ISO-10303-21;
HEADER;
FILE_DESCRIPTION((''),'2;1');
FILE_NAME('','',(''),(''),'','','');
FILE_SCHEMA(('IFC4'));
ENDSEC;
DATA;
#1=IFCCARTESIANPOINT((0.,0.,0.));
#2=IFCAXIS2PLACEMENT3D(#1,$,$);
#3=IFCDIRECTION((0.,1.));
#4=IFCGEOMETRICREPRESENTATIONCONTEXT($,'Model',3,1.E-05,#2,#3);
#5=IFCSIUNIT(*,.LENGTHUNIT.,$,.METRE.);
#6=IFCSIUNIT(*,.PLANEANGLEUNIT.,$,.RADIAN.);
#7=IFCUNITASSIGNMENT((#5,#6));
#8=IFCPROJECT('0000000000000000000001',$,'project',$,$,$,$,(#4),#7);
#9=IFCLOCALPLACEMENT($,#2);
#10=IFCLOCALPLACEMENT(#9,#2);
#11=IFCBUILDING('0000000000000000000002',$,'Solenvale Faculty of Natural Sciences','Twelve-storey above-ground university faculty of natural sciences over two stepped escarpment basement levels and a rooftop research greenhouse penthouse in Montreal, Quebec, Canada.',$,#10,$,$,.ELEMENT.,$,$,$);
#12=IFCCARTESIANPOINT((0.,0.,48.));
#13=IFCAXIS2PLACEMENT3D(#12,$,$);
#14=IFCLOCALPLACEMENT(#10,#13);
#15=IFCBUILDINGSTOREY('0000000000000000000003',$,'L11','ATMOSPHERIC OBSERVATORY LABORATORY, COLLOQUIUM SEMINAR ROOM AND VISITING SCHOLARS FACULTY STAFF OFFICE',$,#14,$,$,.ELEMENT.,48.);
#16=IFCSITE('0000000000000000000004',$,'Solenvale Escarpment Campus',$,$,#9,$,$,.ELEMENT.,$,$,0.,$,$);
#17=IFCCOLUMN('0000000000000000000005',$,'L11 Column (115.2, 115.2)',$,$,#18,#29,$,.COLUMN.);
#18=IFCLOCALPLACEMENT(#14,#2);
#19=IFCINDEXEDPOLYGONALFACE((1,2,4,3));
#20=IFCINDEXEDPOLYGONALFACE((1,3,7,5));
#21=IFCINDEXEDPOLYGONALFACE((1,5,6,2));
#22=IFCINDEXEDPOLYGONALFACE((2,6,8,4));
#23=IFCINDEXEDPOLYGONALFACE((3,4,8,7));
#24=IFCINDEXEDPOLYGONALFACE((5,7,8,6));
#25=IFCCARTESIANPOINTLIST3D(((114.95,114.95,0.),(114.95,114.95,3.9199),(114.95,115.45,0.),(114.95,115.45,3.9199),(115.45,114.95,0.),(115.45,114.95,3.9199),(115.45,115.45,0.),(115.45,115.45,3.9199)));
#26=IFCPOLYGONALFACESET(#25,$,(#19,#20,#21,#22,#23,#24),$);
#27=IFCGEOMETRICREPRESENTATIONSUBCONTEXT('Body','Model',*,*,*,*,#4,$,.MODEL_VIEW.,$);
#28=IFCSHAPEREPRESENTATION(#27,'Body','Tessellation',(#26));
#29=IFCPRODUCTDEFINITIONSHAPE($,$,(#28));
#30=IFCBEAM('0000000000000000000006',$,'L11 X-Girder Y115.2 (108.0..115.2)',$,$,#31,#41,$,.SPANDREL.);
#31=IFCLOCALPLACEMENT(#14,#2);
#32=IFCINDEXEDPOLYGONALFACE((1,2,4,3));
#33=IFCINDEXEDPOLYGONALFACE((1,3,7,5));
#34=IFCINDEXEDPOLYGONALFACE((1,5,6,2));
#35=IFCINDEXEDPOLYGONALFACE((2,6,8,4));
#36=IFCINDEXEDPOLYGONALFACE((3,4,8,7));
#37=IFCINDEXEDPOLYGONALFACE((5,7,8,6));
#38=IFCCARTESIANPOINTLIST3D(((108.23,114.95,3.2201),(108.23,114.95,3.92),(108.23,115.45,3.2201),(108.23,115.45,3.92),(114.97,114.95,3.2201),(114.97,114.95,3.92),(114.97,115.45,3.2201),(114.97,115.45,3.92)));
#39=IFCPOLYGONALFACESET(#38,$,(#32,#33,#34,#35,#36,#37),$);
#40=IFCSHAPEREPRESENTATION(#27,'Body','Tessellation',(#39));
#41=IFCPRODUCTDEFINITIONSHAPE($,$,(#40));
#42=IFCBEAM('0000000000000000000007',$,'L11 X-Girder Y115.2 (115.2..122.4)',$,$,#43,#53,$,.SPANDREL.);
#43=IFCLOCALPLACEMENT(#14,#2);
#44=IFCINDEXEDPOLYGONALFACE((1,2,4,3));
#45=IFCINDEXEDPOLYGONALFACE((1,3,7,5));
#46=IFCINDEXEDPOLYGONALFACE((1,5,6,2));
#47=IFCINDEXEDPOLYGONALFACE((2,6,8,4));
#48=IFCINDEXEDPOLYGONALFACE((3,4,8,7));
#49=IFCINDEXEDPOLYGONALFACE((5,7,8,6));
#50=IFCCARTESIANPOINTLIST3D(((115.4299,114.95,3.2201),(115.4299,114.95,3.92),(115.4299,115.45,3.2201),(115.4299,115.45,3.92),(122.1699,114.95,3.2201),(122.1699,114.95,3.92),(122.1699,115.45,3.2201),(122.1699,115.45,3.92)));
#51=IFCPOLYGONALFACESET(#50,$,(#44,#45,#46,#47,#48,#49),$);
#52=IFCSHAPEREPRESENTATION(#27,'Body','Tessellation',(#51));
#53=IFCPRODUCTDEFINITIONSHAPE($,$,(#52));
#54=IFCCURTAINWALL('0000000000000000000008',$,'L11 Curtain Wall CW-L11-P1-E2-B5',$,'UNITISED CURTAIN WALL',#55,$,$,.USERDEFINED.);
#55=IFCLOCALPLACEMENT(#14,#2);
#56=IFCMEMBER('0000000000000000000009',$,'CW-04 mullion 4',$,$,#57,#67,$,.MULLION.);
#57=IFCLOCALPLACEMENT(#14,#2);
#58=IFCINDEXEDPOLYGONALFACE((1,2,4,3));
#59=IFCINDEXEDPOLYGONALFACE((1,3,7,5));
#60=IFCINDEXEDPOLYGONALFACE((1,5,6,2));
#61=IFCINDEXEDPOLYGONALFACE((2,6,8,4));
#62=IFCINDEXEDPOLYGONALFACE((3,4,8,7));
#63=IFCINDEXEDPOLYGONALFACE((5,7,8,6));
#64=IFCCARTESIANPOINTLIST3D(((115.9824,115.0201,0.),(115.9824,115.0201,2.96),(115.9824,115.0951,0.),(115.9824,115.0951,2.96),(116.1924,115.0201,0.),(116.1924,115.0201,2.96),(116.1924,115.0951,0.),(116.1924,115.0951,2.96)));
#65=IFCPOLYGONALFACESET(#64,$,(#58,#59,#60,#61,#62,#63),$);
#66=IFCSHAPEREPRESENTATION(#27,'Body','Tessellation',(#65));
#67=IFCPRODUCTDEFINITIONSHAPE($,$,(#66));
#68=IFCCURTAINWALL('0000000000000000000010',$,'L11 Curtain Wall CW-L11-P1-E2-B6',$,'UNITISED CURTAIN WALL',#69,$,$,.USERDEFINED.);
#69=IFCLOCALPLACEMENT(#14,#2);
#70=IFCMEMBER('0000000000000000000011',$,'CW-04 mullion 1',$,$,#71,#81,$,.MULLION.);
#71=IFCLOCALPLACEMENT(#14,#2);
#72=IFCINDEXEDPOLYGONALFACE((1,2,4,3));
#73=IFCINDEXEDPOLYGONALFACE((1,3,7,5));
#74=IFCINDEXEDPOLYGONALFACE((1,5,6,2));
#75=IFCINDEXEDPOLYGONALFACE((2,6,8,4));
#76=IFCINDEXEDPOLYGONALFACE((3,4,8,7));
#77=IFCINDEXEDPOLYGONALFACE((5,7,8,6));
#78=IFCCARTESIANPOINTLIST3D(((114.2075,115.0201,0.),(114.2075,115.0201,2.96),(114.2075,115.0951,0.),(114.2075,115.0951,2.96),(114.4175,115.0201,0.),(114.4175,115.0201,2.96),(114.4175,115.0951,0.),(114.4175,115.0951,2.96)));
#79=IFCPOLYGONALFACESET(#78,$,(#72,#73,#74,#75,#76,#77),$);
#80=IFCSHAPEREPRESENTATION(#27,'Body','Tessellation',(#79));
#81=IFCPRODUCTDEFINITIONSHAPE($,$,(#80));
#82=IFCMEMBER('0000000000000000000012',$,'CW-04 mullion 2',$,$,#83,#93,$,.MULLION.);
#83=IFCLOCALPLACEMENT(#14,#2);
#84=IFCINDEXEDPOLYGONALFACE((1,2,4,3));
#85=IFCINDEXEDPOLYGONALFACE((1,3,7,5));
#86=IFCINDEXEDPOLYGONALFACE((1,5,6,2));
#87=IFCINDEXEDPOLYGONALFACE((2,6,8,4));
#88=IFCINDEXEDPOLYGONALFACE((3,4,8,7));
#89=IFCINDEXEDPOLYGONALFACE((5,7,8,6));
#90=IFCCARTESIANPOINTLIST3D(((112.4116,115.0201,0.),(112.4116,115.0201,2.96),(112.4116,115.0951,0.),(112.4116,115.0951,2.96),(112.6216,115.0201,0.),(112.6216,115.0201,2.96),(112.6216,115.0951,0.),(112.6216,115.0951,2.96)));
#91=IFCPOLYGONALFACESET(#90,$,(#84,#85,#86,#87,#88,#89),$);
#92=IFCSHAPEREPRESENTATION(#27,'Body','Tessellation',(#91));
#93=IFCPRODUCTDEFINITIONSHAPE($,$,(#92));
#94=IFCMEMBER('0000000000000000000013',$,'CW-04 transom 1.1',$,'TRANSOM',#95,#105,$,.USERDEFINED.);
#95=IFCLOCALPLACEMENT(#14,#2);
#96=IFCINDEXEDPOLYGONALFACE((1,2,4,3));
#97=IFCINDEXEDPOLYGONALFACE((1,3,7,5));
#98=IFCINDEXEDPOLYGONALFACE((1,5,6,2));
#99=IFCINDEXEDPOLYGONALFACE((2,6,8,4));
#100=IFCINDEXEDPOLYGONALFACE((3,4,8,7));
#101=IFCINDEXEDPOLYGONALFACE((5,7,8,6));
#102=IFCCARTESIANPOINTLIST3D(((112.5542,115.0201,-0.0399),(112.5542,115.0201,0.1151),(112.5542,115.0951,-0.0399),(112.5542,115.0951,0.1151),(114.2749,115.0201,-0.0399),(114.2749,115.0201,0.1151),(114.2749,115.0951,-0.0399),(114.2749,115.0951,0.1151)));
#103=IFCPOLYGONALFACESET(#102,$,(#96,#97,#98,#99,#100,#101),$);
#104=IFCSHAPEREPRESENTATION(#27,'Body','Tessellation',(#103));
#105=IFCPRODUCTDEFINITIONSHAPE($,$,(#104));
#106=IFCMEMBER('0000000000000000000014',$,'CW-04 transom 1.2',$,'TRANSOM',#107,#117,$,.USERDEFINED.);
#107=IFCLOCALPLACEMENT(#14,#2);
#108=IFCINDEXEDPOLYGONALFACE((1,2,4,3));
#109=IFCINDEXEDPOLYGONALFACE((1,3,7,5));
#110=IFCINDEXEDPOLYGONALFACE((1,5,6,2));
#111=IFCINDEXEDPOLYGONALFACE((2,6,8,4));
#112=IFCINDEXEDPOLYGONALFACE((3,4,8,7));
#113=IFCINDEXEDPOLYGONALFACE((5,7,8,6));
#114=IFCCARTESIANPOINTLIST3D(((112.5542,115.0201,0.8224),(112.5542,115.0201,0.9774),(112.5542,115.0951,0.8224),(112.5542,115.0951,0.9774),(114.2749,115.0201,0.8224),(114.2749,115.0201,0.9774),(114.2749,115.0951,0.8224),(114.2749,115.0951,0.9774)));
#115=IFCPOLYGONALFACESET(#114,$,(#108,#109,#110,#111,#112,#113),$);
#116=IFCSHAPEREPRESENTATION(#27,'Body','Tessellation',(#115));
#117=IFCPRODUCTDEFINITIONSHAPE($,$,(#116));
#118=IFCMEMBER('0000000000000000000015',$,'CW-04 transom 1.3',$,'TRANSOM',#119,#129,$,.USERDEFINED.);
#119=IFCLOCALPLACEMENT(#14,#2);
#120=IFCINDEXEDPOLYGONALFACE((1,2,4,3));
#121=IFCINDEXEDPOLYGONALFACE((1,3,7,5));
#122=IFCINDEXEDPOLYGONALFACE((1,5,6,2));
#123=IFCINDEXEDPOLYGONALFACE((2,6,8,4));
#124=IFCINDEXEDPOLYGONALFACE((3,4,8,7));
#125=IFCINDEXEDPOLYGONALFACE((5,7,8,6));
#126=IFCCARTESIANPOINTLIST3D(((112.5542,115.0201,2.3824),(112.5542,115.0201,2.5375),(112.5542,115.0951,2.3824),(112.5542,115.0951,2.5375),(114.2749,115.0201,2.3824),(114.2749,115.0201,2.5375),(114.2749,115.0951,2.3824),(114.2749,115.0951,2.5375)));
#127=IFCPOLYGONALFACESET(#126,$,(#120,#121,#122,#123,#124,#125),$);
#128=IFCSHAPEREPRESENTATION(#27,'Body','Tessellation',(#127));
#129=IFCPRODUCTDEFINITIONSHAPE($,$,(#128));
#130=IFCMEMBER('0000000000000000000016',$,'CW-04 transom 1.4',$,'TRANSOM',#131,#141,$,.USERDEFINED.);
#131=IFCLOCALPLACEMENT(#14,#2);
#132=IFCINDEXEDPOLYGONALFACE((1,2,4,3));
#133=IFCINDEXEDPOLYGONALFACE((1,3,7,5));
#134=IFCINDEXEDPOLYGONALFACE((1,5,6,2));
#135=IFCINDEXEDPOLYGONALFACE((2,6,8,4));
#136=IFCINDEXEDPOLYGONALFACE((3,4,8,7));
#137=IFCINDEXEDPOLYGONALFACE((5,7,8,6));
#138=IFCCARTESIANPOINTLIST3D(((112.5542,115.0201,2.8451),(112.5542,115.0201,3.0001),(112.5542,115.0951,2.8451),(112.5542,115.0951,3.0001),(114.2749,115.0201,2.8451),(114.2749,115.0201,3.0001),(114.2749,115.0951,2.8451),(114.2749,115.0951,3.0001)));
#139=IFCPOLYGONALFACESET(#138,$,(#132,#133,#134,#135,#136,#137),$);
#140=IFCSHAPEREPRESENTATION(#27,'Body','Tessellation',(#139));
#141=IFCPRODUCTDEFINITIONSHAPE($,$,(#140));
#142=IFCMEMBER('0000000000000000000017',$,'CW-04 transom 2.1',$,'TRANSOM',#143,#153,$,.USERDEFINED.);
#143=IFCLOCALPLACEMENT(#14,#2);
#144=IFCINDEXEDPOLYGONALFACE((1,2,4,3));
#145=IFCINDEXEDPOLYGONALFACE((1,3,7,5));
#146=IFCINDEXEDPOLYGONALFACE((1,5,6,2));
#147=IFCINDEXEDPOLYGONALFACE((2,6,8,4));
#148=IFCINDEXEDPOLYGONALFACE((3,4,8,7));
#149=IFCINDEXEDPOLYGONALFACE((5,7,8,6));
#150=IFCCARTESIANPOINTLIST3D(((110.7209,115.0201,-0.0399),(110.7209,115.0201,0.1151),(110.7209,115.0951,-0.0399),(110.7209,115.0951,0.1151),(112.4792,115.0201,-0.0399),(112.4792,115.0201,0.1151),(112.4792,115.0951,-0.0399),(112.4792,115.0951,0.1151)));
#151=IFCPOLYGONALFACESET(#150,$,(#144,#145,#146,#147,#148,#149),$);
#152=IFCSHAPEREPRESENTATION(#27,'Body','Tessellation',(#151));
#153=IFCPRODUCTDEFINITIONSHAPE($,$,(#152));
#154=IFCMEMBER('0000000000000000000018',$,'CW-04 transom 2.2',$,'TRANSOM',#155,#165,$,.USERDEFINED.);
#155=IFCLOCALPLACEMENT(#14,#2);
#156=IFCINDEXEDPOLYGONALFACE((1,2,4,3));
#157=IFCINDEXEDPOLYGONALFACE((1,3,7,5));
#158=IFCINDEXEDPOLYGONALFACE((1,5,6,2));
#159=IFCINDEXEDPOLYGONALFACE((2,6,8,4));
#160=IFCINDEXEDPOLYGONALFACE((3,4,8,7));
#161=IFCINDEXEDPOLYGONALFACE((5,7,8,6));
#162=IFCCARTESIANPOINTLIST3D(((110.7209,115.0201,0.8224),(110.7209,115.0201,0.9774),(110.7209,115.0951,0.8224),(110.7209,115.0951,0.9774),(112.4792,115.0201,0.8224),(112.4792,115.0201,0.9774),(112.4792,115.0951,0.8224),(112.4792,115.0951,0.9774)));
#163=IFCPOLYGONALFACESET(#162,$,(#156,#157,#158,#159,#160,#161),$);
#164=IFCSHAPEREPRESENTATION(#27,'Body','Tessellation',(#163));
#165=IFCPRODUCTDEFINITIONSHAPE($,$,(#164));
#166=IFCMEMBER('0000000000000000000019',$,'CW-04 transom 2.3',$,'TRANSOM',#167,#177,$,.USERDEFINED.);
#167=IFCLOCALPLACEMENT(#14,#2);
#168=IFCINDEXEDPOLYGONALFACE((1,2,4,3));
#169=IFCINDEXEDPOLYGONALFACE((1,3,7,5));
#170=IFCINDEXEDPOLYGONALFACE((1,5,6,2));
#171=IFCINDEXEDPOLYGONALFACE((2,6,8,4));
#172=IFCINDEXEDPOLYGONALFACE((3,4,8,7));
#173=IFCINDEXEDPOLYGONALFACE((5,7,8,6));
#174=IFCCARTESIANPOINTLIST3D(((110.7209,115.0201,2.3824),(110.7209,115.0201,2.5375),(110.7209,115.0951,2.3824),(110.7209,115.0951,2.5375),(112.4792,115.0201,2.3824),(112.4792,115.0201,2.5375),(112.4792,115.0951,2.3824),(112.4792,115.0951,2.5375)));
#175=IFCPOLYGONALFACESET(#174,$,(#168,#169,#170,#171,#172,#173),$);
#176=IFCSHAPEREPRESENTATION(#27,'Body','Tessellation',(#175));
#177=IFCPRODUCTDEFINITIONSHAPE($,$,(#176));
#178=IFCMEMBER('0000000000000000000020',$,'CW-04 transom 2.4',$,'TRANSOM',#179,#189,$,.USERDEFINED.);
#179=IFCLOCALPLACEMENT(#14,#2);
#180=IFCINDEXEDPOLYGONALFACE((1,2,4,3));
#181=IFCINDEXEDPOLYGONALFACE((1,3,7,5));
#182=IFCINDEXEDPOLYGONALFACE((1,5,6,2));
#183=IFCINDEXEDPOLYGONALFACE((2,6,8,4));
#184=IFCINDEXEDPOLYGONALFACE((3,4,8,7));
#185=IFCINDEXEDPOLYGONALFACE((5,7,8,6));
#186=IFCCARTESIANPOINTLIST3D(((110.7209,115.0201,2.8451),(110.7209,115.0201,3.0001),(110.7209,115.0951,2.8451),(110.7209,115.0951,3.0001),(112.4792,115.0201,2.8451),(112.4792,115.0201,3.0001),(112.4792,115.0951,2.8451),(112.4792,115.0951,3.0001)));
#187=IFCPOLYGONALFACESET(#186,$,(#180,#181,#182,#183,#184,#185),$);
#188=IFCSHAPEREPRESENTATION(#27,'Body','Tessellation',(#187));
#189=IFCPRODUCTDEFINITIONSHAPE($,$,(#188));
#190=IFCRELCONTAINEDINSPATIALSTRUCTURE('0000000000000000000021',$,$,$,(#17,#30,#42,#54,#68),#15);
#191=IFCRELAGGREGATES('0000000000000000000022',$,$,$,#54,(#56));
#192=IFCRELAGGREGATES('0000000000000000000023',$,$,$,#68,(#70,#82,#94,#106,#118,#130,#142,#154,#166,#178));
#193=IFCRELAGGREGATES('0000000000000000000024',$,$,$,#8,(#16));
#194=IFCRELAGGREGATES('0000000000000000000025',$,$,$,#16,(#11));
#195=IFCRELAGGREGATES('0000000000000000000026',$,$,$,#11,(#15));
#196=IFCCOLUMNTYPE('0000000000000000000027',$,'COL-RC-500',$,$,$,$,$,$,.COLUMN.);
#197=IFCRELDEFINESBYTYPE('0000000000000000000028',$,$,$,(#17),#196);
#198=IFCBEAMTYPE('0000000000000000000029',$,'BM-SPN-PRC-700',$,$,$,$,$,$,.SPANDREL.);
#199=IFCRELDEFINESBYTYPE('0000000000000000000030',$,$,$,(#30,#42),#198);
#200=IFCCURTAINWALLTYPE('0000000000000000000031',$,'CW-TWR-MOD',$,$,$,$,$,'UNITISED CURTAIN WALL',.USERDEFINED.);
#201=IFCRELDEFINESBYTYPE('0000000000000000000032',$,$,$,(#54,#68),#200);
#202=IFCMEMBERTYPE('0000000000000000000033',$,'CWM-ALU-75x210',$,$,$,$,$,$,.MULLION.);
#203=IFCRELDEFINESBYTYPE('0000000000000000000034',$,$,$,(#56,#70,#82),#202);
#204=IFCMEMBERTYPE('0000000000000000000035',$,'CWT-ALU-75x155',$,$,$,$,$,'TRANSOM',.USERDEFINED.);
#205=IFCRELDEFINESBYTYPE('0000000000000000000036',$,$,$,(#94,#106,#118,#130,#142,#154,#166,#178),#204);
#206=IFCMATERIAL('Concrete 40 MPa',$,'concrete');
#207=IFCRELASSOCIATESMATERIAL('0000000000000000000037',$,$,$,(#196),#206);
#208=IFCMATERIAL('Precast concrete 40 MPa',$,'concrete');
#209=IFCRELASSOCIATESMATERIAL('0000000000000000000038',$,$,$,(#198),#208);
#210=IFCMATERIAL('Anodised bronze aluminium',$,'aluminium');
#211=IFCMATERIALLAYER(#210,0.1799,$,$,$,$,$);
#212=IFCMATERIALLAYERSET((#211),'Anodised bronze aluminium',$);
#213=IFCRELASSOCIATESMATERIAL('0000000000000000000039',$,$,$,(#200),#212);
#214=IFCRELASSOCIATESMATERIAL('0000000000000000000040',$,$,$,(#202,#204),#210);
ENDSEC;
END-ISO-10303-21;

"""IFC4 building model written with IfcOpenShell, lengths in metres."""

from ifc_helpers import new_model, si_unit, direction, frame, origin, origin_2d, place, context, subcontext, project, spatial, rectangle, extrude, material, layer, layer_set, material_profile, profile_set, type_object, element, aggregate, save


model = new_model("IFC4")

# Units and contexts
model_context = context("Model", 3, precision=1e-05, world=origin(), true_north=direction((0.0, 1.0)))
body_context = subcontext(model_context, "Body", "Model", "MODEL_VIEW")
ifc_project = project(units=[si_unit("LENGTHUNIT", "METRE"), si_unit("PLANEANGLEUNIT", "RADIAN")], contexts=[model_context])

# Site, building, storey
site_placement = place(None, origin())
site = spatial("IfcSite", under=ifc_project, at=site_placement, Name="Solenvale Escarpment Campus", CompositionType="ELEMENT", RefElevation=0.0)
building_placement = place(site_placement, origin())
building = spatial("IfcBuilding", under=site, at=building_placement, Name="Solenvale Faculty of Natural Sciences", Description="Twelve-storey above-ground university faculty of natural sciences over two stepped escarpment basement levels and a rooftop research greenhouse penthouse in Montreal, Quebec, Canada.", CompositionType="ELEMENT")
storey_placement = place(building_placement, frame((0.0, 0.0, 48.0)))
storey = spatial("IfcBuildingStorey", under=building, at=storey_placement, Name="L11", Description="ATMOSPHERIC OBSERVATORY LABORATORY, COLLOQUIUM SEMINAR ROOM AND VISITING SCHOLARS FACULTY STAFF OFFICE", CompositionType="ELEMENT", Elevation=48.0)

# Column
ifc_material_1 = material(Name="Concrete 40 MPa", Category="concrete")
ifc_material_profile_1 = material_profile(ifc_material_1, rectangle(XDim=0.5, YDim=0.5, at=origin_2d()), Name="RC-COL-500x500")
ifc_profile_set_1 = profile_set([ifc_material_profile_1], Name="Concrete 40 MPa")
column_type = type_object("IfcColumnType", Name="COL-RC-500", PredefinedType="COLUMN", material=ifc_profile_set_1)
column_placement = place(storey_placement, frame((115.2, 115.2, 0.0), z_axis=(0.0, 0.0, 1.0), x_axis=(1.0, 0.0, 0.0)))
element("IfcColumn", 1, at=column_placement, inside=storey, type_object=column_type, Name="L11 Column (115.2, 115.2)", PredefinedType="COLUMN", context=body_context, shape_type="SweptSolid", body=[
    extrude(rectangle(XDim=0.5, YDim=0.5, at=origin_2d()), origin(), (0.0, 0.0, 1.0), 3.9199),
])

# Beams
ifc_material_2 = material(Name="Precast concrete 40 MPa", Category="concrete")
ifc_material_profile_2 = material_profile(ifc_material_2, rectangle(XDim=0.5, YDim=0.7, at=origin_2d()), Name="RC-BM-500x700")
ifc_profile_set_2 = profile_set([ifc_material_profile_2], Name="Precast concrete 40 MPa")
beam_type = type_object("IfcBeamType", Name="BM-SPN-PRC-700", PredefinedType="SPANDREL", material=ifc_profile_set_2)
for number, where, z_axis, x_axis, name in (
    (2, (108.23, 115.2, 3.5701), (1.0, 0.0, 0.0), (0.0, 1.0, 0.0), "L11 X-Girder Y115.2 (108.0..115.2)"),
    (3, (115.4299, 115.2, 3.5701), (1.0, 0.0, 0.0), (0.0, 1.0, 0.0), "L11 X-Girder Y115.2 (115.2..122.4)"),
):
    element("IfcBeam", number, at=place(storey_placement, frame(where, z_axis=z_axis, x_axis=x_axis)), inside=storey, type_object=beam_type, Name=name, PredefinedType="SPANDREL", context=body_context, shape_type="SweptSolid", body=[
        extrude(rectangle(XDim=0.5, YDim=0.7, at=origin_2d()), origin(), (0.0, 0.0, 1.0), 6.74),
    ])

# Curtain wall, member
ifc_material_3 = material(Name="Anodised bronze aluminium", Category="aluminium")
ifc_layer_1 = layer(ifc_material_3, 0.1799)
ifc_layer_set_1 = layer_set([ifc_layer_1], Name="Anodised bronze aluminium")
curtain_wall_type = type_object("IfcCurtainWallType", Name="CW-TWR-MOD", ElementType="UNITISED CURTAIN WALL", PredefinedType="USERDEFINED", material=ifc_layer_set_1)
curtain_wall_1_placement = place(storey_placement, origin())
curtain_wall_1 = element("IfcCurtainWall", 4, at=curtain_wall_1_placement, inside=storey, type_object=curtain_wall_type, Name="L11 Curtain Wall CW-L11-P1-E2-B5", ObjectType="UNITISED CURTAIN WALL", PredefinedType="USERDEFINED")
ifc_material_profile_3 = material_profile(ifc_material_3, rectangle(XDim=0.075, YDim=0.21, at=origin_2d()), Name="ALU-MUL-75x210")
ifc_profile_set_3 = profile_set([ifc_material_profile_3], Name="Anodised bronze aluminium")
member_type_1 = type_object("IfcMemberType", Name="CWM-ALU-75x210", PredefinedType="MULLION", material=ifc_profile_set_3)
member_1_placement = place(storey_placement, frame((116.0874, 115.0576, 0.0), z_axis=(0.0, 0.0, 1.0), x_axis=(0.0, -1.0, 0.0)))
member_1 = element("IfcMember", 5, at=member_1_placement, type_object=member_type_1, Name="CW-04 mullion 4", PredefinedType="MULLION", context=body_context, shape_type="SweptSolid", body=[
    extrude(rectangle(XDim=0.075, YDim=0.21, at=origin_2d()), origin(), (0.0, 0.0, 1.0), 2.96),
])

# Curtain wall, members
curtain_wall_2_placement = place(storey_placement, origin())
curtain_wall_2 = element("IfcCurtainWall", 6, at=curtain_wall_2_placement, inside=storey, type_object=curtain_wall_type, Name="L11 Curtain Wall CW-L11-P1-E2-B6", ObjectType="UNITISED CURTAIN WALL", PredefinedType="USERDEFINED")
member_2_placement = place(storey_placement, frame((114.3125, 115.0576, 0.0), z_axis=(0.0, 0.0, 1.0), x_axis=(0.0, -1.0, 0.0)))
member_2 = element("IfcMember", 7, at=member_2_placement, type_object=member_type_1, Name="CW-04 mullion 1", PredefinedType="MULLION", context=body_context, shape_type="SweptSolid", body=[
    extrude(rectangle(XDim=0.075, YDim=0.21, at=origin_2d()), origin(), (0.0, 0.0, 1.0), 2.96),
])
member_3_placement = place(storey_placement, frame((112.5166, 115.0576, 0.0), z_axis=(0.0, 0.0, 1.0), x_axis=(0.0, -1.0, 0.0)))
member_3 = element("IfcMember", 8, at=member_3_placement, type_object=member_type_1, Name="CW-04 mullion 2", PredefinedType="MULLION", context=body_context, shape_type="SweptSolid", body=[
    extrude(rectangle(XDim=0.075, YDim=0.21, at=origin_2d()), origin(), (0.0, 0.0, 1.0), 2.96),
])
ifc_material_profile_4 = material_profile(ifc_material_3, rectangle(XDim=0.075, YDim=0.155, at=origin_2d()), Name="ALU-TRN-75x155")
ifc_profile_set_4 = profile_set([ifc_material_profile_4], Name="Anodised bronze aluminium")
member_type_2 = type_object("IfcMemberType", Name="CWT-ALU-75x155", ElementType="TRANSOM", PredefinedType="USERDEFINED", material=ifc_profile_set_4)
member_4_placement = place(storey_placement, frame((114.2749, 115.0576, 0.0376), z_axis=(-1.0, 0.0, 0.0), x_axis=(0.0, -1.0, 0.0)))
member_4 = element("IfcMember", 9, at=member_4_placement, type_object=member_type_2, Name="CW-04 transom 1.1", ObjectType="TRANSOM", PredefinedType="USERDEFINED", context=body_context, shape_type="SweptSolid", body=[
    extrude(rectangle(XDim=0.075, YDim=0.155, at=origin_2d()), origin(), (0.0, 0.0, 1.0), 1.7207),
])
member_5_placement = place(storey_placement, frame((114.2749, 115.0576, 0.8999), z_axis=(-1.0, 0.0, 0.0), x_axis=(0.0, -1.0, 0.0)))
member_5 = element("IfcMember", 10, at=member_5_placement, type_object=member_type_2, Name="CW-04 transom 1.2", ObjectType="TRANSOM", PredefinedType="USERDEFINED", context=body_context, shape_type="SweptSolid", body=[
    extrude(rectangle(XDim=0.075, YDim=0.155, at=origin_2d()), origin(), (0.0, 0.0, 1.0), 1.7207),
])
member_6_placement = place(storey_placement, frame((114.2749, 115.0576, 2.46), z_axis=(-1.0, 0.0, 0.0), x_axis=(0.0, -1.0, 0.0)))
member_6 = element("IfcMember", 11, at=member_6_placement, type_object=member_type_2, Name="CW-04 transom 1.3", ObjectType="TRANSOM", PredefinedType="USERDEFINED", context=body_context, shape_type="SweptSolid", body=[
    extrude(rectangle(XDim=0.075, YDim=0.155, at=origin_2d()), origin(), (0.0, 0.0, 1.0), 1.7207),
])
member_7_placement = place(storey_placement, frame((114.2749, 115.0576, 2.9226), z_axis=(-1.0, 0.0, 0.0), x_axis=(0.0, -1.0, 0.0)))
member_7 = element("IfcMember", 12, at=member_7_placement, type_object=member_type_2, Name="CW-04 transom 1.4", ObjectType="TRANSOM", PredefinedType="USERDEFINED", context=body_context, shape_type="SweptSolid", body=[
    extrude(rectangle(XDim=0.075, YDim=0.155, at=origin_2d()), origin(), (0.0, 0.0, 1.0), 1.7207),
])
member_8_placement = place(storey_placement, frame((112.4792, 115.0576, 0.0376), z_axis=(-1.0, 0.0, 0.0), x_axis=(0.0, -1.0, 0.0)))
member_8 = element("IfcMember", 13, at=member_8_placement, type_object=member_type_2, Name="CW-04 transom 2.1", ObjectType="TRANSOM", PredefinedType="USERDEFINED", context=body_context, shape_type="SweptSolid", body=[
    extrude(rectangle(XDim=0.075, YDim=0.155, at=origin_2d()), origin(), (0.0, 0.0, 1.0), 1.7583),
])
member_9_placement = place(storey_placement, frame((112.4792, 115.0576, 0.8999), z_axis=(-1.0, 0.0, 0.0), x_axis=(0.0, -1.0, 0.0)))
member_9 = element("IfcMember", 14, at=member_9_placement, type_object=member_type_2, Name="CW-04 transom 2.2", ObjectType="TRANSOM", PredefinedType="USERDEFINED", context=body_context, shape_type="SweptSolid", body=[
    extrude(rectangle(XDim=0.075, YDim=0.155, at=origin_2d()), origin(), (0.0, 0.0, 1.0), 1.7583),
])
member_10_placement = place(storey_placement, frame((112.4792, 115.0576, 2.46), z_axis=(-1.0, 0.0, 0.0), x_axis=(0.0, -1.0, 0.0)))
member_10 = element("IfcMember", 15, at=member_10_placement, type_object=member_type_2, Name="CW-04 transom 2.3", ObjectType="TRANSOM", PredefinedType="USERDEFINED", context=body_context, shape_type="SweptSolid", body=[
    extrude(rectangle(XDim=0.075, YDim=0.155, at=origin_2d()), origin(), (0.0, 0.0, 1.0), 1.7583),
])
member_11_placement = place(storey_placement, frame((112.4792, 115.0576, 2.9226), z_axis=(-1.0, 0.0, 0.0), x_axis=(0.0, -1.0, 0.0)))
member_11 = element("IfcMember", 16, at=member_11_placement, type_object=member_type_2, Name="CW-04 transom 2.4", ObjectType="TRANSOM", PredefinedType="USERDEFINED", context=body_context, shape_type="SweptSolid", body=[
    extrude(rectangle(XDim=0.075, YDim=0.155, at=origin_2d()), origin(), (0.0, 0.0, 1.0), 1.7583),
])

aggregate(curtain_wall_1, [member_1])
aggregate(curtain_wall_2, [member_2, member_3, member_4, member_5, member_6, member_7, member_8, member_9, member_10, member_11])

save(model, "model.ifc")
